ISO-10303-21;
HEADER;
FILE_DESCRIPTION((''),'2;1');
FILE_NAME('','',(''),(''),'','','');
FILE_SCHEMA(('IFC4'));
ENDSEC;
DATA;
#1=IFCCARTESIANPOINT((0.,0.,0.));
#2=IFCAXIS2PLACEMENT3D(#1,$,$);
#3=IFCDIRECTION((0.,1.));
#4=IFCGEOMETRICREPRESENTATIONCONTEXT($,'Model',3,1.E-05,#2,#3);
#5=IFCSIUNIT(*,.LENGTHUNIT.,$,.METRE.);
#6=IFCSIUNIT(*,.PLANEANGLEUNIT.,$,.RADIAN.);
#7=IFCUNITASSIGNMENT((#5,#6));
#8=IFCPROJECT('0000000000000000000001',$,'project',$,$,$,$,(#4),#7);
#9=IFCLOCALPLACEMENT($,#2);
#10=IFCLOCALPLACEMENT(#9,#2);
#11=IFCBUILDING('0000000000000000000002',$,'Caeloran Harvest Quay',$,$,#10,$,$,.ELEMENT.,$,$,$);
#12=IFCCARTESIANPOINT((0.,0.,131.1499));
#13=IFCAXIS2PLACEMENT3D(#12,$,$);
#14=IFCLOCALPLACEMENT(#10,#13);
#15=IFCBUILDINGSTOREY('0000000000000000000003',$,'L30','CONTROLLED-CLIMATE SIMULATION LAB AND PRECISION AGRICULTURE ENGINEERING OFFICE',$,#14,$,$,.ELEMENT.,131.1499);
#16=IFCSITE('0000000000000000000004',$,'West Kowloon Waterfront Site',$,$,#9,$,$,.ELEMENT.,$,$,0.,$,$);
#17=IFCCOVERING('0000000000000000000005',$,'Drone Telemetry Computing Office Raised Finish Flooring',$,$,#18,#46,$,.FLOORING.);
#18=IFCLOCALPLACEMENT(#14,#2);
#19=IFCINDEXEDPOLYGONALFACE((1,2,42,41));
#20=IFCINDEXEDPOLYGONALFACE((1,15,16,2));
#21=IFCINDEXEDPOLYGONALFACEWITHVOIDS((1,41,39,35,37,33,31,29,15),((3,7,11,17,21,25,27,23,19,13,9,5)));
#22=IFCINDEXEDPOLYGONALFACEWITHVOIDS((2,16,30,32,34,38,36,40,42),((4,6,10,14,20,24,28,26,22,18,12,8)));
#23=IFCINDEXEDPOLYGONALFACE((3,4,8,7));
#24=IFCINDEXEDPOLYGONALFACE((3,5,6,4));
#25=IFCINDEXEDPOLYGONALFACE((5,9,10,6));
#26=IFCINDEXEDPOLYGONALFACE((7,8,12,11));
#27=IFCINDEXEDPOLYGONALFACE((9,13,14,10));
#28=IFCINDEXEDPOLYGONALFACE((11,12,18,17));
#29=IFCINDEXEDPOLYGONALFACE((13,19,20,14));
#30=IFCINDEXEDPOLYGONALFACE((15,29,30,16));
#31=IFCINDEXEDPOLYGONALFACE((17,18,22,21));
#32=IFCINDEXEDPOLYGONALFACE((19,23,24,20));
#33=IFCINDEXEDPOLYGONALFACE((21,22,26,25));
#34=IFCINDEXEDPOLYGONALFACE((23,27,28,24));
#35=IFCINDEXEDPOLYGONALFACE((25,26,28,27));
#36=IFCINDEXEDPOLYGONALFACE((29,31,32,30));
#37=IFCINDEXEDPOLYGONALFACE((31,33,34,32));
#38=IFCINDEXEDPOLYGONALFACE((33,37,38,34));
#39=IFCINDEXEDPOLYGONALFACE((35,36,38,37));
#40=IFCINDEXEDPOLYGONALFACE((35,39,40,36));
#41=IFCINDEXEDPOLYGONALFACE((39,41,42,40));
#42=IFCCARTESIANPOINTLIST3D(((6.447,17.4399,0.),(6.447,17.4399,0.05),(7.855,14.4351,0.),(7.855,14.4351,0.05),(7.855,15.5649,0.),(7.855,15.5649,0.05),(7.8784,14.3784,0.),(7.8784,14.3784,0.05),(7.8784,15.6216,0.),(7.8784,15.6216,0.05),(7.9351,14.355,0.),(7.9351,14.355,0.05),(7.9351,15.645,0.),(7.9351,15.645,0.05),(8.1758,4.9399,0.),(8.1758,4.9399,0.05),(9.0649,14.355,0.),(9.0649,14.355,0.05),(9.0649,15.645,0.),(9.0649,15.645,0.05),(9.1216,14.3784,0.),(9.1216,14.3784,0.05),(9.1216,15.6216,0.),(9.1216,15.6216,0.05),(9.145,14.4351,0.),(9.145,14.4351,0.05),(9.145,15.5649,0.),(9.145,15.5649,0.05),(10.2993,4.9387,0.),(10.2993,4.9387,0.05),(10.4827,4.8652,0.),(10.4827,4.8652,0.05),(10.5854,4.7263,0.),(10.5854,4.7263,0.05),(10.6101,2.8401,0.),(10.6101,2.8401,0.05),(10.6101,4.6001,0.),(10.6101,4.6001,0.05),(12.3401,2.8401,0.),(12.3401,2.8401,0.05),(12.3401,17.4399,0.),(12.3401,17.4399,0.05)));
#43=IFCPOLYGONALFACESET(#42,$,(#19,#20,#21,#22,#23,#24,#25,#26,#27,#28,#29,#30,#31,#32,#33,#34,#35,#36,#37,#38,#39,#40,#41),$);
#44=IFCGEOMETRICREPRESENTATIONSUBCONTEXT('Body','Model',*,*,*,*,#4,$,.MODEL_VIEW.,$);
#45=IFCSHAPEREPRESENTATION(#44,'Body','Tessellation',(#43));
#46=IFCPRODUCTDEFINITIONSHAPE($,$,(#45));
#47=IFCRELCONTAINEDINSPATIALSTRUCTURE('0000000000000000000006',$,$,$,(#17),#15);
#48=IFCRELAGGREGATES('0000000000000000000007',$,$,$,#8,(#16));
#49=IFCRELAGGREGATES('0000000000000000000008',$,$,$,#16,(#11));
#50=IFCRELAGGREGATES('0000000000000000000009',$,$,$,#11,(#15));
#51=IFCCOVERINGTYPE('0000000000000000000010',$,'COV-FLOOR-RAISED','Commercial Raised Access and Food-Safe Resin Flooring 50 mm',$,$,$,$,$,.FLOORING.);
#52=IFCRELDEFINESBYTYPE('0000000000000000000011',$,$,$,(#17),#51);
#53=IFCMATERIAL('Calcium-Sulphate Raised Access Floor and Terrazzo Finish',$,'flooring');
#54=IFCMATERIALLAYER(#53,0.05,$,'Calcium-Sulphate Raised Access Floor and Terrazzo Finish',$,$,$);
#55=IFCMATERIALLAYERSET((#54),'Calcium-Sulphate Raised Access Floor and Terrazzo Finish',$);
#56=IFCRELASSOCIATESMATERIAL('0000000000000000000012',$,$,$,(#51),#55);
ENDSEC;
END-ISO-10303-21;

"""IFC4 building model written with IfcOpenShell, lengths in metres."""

from ifc_helpers import new_model, si_unit, direction, frame, origin, place, context, subcontext, project, spatial, polyline, outline, extrude, material, layer, layer_set, type_object, element, save


model = new_model("IFC4")

# Units and contexts
model_context = context("Model", 3, precision=1e-05, world=origin(), true_north=direction((0.0, 1.0)))
body_context = subcontext(model_context, "Body", "Model", "MODEL_VIEW")
ifc_project = project(units=[si_unit("LENGTHUNIT", "METRE"), si_unit("PLANEANGLEUNIT", "RADIAN")], contexts=[model_context])

# Site, building, storey
site_placement = place(None, origin())
site = spatial("IfcSite", under=ifc_project, at=site_placement, Name="West Kowloon Waterfront Site", CompositionType="ELEMENT", RefElevation=0.0)
building_placement = place(site_placement, origin())
building = spatial("IfcBuilding", under=site, at=building_placement, Name="Caeloran Harvest Quay", CompositionType="ELEMENT")
storey_placement = place(building_placement, frame((0.0, 0.0, 131.1499)))
storey = spatial("IfcBuildingStorey", under=building, at=storey_placement, Name="L30", Description="CONTROLLED-CLIMATE SIMULATION LAB AND PRECISION AGRICULTURE ENGINEERING OFFICE", CompositionType="ELEMENT", Elevation=131.1499)

# Covering
ifc_material_1 = material(Name="Calcium-Sulphate Raised Access Floor and Terrazzo Finish", Category="flooring")
ifc_layer_1 = layer(ifc_material_1, 0.05, Name="Calcium-Sulphate Raised Access Floor and Terrazzo Finish")
ifc_layer_set_1 = layer_set([ifc_layer_1], Name="Calcium-Sulphate Raised Access Floor and Terrazzo Finish")
covering_type_1 = type_object("IfcCoveringType", Name="COV-FLOOR-RAISED", Description="Commercial Raised Access and Food-Safe Resin Flooring 50 mm", PredefinedType="FLOORING", material=ifc_layer_set_1)
covering_1_placement = place(storey_placement, origin())
element("IfcCovering", 1, at=covering_1_placement, inside=storey, type_object=covering_type_1, Name="Drone Telemetry Computing Office Raised Finish Flooring", PredefinedType="FLOORING", context=body_context, shape_type="SweptSolid", body=[
    extrude(outline(polyline([(10.5854, 4.7263), (10.4827, 4.8652), (10.2993, 4.9387), (8.1758, 4.9399), (6.447, 17.4399), (12.3401, 17.4399), (12.3401, 2.8401), (10.6101, 2.8401), (10.6101, 4.6001), (10.5854, 4.7263)]), holes=[polyline([(7.9351, 15.645), (7.8784, 15.6216), (7.855, 15.5649), (7.855, 14.4351), (7.8784, 14.3784), (7.9351, 14.355), (9.0649, 14.355), (9.1216, 14.3784), (9.145, 14.4351), (9.145, 15.5649), (9.1216, 15.6216), (9.0649, 15.645), (7.9351, 15.645)])]), origin(), (0.0, 0.0, 1.0), 0.05),
])

save(model, "model.ifc")
